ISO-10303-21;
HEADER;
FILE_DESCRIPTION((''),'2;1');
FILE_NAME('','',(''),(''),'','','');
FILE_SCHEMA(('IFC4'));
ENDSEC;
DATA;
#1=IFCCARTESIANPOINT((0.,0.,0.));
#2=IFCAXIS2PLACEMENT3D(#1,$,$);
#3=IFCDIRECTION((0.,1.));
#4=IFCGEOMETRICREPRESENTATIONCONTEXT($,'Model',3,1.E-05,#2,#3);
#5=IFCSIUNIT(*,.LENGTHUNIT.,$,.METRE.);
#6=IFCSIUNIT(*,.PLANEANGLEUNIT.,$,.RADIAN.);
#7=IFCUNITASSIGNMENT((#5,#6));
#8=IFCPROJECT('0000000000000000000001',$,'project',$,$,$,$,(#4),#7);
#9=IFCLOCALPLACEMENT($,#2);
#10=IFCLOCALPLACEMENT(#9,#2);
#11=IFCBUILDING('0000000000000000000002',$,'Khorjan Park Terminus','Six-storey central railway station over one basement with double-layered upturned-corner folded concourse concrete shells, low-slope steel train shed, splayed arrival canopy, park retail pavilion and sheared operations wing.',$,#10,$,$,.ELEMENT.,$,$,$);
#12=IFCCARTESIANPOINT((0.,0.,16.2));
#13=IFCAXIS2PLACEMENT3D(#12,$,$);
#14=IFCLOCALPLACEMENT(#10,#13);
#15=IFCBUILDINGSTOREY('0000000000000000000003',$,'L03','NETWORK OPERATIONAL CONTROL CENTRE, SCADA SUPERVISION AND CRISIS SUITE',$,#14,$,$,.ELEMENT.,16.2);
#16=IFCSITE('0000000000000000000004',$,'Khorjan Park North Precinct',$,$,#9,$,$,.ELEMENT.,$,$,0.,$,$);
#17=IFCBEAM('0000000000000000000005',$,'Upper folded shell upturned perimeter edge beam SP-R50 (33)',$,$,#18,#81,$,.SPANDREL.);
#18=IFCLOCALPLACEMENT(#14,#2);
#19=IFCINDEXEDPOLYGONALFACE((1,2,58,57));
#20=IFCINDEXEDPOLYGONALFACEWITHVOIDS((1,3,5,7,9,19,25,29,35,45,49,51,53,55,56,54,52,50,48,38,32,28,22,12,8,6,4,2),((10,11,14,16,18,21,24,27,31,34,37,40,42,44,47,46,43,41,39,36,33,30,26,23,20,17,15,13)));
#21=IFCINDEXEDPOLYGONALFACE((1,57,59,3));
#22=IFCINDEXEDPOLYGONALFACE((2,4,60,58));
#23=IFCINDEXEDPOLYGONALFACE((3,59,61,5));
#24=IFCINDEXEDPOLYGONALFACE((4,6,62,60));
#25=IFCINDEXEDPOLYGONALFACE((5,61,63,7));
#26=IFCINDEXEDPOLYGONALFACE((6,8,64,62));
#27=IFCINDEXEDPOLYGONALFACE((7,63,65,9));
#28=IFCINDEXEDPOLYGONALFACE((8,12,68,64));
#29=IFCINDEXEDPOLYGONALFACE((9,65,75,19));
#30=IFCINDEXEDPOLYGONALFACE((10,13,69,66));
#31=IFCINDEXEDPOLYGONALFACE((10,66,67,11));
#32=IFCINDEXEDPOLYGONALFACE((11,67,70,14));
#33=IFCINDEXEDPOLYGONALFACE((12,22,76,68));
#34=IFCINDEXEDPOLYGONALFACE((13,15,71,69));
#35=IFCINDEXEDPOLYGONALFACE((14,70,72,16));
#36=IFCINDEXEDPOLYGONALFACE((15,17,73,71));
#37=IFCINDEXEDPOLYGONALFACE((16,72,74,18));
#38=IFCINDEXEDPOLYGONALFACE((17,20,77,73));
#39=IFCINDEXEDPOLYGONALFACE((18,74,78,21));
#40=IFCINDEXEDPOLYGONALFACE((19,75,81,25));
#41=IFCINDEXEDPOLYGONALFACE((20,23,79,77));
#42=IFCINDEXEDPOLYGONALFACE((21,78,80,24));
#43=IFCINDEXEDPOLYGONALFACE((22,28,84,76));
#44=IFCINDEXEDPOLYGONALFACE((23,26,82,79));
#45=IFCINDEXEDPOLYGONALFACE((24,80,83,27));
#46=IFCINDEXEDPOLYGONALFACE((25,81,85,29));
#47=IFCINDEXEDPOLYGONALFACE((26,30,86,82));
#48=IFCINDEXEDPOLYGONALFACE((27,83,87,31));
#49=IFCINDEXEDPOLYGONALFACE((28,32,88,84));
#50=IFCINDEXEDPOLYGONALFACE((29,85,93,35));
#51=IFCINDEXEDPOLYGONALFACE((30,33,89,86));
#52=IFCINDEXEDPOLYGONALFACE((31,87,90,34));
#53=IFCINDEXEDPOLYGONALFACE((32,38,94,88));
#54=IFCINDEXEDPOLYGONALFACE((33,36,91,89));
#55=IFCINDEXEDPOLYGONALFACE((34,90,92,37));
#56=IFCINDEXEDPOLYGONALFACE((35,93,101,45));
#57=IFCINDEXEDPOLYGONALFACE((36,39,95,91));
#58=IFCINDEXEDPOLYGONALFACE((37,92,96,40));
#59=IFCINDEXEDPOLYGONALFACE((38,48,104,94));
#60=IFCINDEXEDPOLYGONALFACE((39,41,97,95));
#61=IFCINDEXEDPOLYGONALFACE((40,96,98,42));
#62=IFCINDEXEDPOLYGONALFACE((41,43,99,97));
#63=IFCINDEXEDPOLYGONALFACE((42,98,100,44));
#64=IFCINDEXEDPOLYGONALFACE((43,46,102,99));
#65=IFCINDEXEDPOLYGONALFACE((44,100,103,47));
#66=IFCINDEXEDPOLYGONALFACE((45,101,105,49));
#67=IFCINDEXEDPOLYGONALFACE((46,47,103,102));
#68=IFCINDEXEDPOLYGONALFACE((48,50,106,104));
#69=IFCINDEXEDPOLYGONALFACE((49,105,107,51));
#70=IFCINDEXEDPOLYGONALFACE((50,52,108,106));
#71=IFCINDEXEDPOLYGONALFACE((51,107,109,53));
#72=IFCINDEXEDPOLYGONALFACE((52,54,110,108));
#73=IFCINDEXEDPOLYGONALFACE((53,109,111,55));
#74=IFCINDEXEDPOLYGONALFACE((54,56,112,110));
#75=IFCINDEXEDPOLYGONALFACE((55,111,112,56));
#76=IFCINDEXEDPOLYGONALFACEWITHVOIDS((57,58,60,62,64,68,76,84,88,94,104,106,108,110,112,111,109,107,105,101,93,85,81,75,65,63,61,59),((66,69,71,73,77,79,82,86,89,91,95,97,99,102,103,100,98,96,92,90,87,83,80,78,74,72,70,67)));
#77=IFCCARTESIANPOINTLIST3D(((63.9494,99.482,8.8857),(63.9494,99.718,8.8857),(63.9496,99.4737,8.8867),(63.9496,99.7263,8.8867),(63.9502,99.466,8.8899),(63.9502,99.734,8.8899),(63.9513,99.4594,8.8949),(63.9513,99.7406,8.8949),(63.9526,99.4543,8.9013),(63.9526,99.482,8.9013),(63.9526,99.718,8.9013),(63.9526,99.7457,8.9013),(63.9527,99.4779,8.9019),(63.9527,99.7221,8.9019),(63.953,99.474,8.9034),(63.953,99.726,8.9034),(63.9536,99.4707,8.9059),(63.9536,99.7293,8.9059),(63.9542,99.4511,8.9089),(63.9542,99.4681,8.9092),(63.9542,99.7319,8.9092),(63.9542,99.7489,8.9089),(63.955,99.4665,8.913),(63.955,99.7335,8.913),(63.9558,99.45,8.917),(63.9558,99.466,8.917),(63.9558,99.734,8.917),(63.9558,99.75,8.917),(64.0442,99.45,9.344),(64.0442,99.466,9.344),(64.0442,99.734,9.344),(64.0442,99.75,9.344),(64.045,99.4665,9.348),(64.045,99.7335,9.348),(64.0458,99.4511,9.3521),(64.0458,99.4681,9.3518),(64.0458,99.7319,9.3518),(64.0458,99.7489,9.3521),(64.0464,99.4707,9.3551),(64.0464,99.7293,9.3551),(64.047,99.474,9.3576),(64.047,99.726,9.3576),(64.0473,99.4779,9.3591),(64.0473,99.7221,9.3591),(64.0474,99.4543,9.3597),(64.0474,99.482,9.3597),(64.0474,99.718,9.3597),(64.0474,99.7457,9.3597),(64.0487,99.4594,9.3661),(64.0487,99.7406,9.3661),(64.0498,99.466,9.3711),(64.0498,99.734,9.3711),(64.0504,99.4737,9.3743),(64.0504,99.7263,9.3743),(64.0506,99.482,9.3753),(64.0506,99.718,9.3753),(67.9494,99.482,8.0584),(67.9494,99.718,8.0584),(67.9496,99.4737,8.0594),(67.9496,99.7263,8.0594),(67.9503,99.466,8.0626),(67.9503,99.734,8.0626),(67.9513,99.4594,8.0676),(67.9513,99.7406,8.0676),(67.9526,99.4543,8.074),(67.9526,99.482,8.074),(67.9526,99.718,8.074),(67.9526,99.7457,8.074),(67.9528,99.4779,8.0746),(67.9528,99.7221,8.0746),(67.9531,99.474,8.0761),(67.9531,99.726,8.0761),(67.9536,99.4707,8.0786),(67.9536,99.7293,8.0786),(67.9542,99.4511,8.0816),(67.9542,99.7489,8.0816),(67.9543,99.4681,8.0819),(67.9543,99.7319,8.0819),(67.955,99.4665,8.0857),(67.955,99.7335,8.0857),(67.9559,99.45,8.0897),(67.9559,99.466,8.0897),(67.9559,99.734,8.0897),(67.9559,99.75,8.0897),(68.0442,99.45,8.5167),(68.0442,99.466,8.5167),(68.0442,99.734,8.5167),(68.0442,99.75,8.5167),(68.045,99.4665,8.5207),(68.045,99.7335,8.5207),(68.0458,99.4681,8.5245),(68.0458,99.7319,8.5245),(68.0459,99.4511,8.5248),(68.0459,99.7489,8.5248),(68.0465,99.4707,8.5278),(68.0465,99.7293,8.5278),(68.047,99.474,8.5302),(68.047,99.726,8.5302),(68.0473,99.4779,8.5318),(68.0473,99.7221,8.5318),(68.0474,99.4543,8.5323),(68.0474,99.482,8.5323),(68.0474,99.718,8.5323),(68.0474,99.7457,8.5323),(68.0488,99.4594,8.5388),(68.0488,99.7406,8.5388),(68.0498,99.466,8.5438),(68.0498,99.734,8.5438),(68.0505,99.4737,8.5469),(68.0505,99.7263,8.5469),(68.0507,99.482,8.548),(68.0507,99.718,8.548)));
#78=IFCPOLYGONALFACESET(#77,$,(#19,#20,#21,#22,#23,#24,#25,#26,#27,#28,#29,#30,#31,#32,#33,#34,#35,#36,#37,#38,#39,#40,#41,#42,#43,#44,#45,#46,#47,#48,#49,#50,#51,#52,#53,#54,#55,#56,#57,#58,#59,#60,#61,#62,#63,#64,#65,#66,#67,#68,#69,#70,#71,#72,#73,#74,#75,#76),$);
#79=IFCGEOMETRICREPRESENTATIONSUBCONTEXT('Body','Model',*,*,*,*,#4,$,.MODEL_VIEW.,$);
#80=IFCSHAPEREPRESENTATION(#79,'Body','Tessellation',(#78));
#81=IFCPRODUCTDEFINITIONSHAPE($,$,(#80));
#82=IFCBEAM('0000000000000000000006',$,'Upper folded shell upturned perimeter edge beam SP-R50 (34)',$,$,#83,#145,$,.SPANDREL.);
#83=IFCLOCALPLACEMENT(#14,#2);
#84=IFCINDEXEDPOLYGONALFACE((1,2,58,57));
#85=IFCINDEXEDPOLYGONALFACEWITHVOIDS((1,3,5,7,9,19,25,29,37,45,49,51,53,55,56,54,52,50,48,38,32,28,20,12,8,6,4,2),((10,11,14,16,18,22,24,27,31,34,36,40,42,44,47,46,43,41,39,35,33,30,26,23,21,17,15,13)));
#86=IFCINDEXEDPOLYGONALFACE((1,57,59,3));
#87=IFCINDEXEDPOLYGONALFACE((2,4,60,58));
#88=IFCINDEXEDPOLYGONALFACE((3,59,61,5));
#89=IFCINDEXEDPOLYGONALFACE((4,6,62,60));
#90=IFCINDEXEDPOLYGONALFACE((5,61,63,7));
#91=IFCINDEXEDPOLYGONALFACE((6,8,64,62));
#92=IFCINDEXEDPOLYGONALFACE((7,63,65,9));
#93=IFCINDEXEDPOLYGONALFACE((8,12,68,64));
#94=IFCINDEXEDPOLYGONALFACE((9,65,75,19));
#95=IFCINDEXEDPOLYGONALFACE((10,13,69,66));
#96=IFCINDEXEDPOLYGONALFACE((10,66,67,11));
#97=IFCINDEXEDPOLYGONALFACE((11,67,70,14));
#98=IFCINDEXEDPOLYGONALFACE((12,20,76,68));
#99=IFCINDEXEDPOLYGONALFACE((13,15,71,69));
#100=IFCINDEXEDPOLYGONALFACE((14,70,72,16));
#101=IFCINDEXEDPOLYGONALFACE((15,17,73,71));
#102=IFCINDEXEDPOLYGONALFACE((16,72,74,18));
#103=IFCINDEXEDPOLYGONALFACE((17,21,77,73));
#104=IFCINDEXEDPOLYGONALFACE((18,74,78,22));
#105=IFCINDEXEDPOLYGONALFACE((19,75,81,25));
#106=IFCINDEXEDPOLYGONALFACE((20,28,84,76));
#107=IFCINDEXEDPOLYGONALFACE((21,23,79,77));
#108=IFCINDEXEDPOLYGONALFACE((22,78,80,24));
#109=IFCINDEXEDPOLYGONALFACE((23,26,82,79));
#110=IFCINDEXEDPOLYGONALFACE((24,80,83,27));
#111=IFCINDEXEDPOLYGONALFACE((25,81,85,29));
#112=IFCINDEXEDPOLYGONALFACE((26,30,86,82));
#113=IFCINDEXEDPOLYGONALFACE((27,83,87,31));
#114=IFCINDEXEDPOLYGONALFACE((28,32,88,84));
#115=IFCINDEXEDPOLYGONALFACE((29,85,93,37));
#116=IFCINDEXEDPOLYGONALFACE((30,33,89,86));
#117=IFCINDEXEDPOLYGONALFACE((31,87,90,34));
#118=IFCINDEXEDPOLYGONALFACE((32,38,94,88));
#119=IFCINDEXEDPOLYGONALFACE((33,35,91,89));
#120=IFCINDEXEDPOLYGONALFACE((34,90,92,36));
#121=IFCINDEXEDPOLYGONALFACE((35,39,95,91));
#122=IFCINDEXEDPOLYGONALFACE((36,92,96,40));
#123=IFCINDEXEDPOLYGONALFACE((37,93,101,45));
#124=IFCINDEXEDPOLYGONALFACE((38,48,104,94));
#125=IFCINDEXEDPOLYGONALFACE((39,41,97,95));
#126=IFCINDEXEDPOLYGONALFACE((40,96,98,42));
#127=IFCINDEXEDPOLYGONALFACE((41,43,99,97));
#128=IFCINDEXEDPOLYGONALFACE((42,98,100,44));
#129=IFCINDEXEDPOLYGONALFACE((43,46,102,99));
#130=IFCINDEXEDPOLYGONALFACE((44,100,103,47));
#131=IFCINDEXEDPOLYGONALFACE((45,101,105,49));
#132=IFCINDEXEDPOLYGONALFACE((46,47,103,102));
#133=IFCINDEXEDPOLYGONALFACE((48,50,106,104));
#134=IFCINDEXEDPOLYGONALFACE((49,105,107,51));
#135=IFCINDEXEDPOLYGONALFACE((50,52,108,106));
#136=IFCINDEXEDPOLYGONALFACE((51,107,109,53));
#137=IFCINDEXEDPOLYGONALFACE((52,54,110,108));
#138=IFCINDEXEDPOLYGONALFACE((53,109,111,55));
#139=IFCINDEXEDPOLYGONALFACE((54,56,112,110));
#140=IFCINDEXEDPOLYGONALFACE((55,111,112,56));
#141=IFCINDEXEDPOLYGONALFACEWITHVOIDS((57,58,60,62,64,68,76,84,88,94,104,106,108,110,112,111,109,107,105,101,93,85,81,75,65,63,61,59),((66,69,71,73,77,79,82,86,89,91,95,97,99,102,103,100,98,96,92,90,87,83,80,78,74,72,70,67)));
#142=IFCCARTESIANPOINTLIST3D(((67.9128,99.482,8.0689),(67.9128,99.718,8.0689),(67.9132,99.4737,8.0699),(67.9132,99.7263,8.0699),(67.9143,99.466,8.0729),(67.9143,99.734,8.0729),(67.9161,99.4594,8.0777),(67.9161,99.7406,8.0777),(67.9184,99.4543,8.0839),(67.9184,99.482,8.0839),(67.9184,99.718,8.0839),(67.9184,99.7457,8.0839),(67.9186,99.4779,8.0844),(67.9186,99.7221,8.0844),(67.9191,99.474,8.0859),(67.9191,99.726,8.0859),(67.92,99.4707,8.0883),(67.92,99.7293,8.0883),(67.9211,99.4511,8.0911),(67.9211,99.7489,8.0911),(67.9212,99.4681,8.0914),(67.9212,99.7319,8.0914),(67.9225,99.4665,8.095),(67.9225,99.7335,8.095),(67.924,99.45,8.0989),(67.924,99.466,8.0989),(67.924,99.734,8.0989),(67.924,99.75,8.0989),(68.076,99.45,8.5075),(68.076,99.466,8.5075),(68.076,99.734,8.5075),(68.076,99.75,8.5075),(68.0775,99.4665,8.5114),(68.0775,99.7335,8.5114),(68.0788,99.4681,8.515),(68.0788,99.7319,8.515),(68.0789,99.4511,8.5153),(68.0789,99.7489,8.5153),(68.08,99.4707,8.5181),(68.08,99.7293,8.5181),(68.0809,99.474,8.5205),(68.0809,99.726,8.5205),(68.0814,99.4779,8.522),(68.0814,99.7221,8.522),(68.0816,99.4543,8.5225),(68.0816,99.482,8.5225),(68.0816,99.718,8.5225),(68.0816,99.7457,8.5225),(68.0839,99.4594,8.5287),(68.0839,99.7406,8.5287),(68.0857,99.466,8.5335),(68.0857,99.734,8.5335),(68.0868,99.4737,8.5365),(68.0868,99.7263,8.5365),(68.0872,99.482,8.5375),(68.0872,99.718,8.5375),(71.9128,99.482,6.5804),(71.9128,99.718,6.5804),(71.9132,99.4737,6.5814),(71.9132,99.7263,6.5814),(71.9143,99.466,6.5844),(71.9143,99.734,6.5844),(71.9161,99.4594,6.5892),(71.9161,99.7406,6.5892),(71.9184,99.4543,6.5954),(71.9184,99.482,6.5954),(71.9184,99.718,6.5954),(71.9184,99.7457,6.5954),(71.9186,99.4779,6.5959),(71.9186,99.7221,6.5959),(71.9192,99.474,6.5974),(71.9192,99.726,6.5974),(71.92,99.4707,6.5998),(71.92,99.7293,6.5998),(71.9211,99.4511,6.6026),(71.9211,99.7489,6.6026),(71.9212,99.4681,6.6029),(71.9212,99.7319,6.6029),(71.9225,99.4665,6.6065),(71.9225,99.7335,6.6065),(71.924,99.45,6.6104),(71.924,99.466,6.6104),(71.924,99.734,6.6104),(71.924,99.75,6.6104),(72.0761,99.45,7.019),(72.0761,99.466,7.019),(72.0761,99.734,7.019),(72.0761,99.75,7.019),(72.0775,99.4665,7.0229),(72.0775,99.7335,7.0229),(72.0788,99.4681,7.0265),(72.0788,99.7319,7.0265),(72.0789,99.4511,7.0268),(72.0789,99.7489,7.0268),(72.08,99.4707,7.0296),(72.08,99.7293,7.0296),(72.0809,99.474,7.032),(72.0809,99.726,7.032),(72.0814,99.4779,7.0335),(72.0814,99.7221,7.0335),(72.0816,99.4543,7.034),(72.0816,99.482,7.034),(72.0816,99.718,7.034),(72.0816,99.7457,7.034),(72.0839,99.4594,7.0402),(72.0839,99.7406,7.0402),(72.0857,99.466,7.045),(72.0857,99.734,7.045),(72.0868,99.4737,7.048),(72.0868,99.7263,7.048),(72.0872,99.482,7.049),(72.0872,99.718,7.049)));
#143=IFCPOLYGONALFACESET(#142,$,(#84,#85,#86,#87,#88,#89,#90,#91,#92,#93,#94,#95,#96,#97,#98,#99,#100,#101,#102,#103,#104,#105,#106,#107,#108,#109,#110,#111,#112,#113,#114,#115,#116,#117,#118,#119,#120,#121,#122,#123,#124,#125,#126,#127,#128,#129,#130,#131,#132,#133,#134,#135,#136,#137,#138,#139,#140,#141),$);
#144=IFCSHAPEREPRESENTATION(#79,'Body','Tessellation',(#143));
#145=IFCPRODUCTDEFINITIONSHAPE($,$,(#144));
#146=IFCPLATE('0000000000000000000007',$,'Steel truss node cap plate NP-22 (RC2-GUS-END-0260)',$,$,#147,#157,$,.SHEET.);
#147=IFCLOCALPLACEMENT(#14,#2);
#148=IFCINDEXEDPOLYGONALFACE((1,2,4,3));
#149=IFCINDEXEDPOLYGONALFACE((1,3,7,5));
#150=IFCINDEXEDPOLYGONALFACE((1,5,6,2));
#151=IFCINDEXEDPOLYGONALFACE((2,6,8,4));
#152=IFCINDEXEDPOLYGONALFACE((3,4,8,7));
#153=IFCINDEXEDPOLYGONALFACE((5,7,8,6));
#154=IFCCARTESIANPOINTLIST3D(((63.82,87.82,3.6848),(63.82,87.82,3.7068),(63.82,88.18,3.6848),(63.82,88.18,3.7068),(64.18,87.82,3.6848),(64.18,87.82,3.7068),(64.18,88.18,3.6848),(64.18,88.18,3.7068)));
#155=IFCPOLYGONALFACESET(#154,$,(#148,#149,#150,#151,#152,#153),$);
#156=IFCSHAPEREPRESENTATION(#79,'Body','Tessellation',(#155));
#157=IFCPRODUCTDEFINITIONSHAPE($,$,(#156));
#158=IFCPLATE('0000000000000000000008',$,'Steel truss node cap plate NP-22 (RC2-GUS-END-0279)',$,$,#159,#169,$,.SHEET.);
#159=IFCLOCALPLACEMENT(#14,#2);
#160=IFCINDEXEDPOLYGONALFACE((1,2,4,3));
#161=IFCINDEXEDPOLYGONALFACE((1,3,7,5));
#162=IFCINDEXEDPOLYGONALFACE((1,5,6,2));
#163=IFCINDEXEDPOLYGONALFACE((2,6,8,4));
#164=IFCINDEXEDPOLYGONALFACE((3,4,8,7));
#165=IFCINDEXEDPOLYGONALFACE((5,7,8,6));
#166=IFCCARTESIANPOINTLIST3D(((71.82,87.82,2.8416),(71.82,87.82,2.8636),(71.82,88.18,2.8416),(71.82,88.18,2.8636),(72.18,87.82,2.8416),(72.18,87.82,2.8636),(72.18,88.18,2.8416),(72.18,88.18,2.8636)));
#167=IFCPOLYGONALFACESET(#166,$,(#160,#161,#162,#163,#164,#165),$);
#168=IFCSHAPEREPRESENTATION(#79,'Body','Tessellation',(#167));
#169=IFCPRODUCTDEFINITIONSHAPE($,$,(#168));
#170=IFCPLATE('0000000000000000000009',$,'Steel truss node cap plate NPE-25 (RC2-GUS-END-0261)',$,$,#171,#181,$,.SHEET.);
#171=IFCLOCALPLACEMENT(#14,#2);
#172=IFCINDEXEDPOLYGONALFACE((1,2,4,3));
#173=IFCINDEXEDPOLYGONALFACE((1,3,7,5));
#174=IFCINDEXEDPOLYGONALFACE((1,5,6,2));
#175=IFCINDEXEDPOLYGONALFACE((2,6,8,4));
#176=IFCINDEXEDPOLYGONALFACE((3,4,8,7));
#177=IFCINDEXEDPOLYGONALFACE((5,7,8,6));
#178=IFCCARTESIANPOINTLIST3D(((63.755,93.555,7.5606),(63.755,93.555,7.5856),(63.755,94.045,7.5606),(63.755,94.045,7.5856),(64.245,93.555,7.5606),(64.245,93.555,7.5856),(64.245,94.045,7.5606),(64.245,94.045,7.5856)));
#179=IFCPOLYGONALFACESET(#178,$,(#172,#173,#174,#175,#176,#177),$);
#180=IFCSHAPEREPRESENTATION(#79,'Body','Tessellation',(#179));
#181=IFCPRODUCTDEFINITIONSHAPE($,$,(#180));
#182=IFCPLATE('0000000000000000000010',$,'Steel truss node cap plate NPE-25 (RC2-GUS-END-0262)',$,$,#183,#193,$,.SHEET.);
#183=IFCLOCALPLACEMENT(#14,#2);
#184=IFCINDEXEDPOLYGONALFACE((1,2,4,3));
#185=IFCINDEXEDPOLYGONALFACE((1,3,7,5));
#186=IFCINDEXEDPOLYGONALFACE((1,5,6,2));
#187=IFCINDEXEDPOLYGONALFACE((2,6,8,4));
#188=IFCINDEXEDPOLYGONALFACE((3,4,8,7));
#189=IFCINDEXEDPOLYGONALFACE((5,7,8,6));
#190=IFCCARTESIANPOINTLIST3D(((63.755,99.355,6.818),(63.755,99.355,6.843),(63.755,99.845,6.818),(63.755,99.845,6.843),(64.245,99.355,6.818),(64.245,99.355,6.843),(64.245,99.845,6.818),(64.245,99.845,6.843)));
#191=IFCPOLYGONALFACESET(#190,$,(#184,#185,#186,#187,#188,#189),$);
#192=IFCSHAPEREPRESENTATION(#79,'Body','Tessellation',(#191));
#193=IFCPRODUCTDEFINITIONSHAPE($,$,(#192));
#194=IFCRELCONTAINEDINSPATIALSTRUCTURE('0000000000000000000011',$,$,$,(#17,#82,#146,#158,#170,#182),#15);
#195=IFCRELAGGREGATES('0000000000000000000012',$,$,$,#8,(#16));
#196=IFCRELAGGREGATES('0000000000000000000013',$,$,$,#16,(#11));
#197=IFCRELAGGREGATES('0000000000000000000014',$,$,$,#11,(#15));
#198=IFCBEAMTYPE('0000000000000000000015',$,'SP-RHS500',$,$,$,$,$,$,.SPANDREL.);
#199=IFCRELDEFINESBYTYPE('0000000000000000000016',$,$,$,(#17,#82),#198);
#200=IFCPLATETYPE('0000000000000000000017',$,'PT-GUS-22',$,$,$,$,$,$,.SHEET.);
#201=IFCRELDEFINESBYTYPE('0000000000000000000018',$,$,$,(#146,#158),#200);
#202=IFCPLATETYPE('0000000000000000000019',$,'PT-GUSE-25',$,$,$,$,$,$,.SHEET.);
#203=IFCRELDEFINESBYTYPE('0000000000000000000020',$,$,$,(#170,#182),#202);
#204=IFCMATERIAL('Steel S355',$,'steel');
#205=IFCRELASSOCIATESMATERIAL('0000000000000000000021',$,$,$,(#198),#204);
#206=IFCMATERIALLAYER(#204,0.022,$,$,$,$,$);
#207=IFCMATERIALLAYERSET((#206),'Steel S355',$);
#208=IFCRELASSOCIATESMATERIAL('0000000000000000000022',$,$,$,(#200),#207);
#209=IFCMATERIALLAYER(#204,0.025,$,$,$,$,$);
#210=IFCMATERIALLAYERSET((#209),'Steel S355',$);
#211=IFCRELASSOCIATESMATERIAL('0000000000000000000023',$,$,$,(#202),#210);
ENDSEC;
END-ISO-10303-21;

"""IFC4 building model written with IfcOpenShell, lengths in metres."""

from ifc_helpers import new_model, si_unit, direction, frame, origin, origin_2d, place, context, subcontext, project, spatial, rectangle, hollow_rectangle, extrude, material, layer, layer_set, material_profile, profile_set, type_object, element, save


model = new_model("IFC4")

# Units and contexts
model_context = context("Model", 3, precision=1e-05, world=origin(), true_north=direction((0.0, 1.0)))
body_context = subcontext(model_context, "Body", "Model", "MODEL_VIEW")
ifc_project = project(units=[si_unit("LENGTHUNIT", "METRE"), si_unit("PLANEANGLEUNIT", "RADIAN")], contexts=[model_context])

# Site, building, storey
site_placement = place(None, origin())
site = spatial("IfcSite", under=ifc_project, at=site_placement, Name="Khorjan Park North Precinct", CompositionType="ELEMENT", RefElevation=0.0)
building_placement = place(site_placement, origin())
building = spatial("IfcBuilding", under=site, at=building_placement, Name="Khorjan Park Terminus", Description="Six-storey central railway station over one basement with double-layered upturned-corner folded concourse concrete shells, low-slope steel train shed, splayed arrival canopy, park retail pavilion and sheared operations wing.", CompositionType="ELEMENT")
storey_placement = place(building_placement, frame((0.0, 0.0, 16.2)))
storey = spatial("IfcBuildingStorey", under=building, at=storey_placement, Name="L03", Description="NETWORK OPERATIONAL CONTROL CENTRE, SCADA SUPERVISION AND CRISIS SUITE", CompositionType="ELEMENT", Elevation=16.2)

# Shared definitions
ifc_material_1 = material(Name="Steel S355", Category="steel")

# Beams
ifc_material_profile_1 = material_profile(ifc_material_1, hollow_rectangle(XDim=0.3, YDim=0.5, WallThickness=0.016, InnerFilletRadius=0.016, OuterFilletRadius=0.032, at=origin_2d()), Name="RHS 500x300x16")
ifc_profile_set_1 = profile_set([ifc_material_profile_1], Name="Steel S355")
beam_type_1 = type_object("IfcBeamType", Name="SP-RHS500", PredefinedType="SPANDREL", material=ifc_profile_set_1)
beam_1_placement = place(storey_placement, frame((64.0, 99.6, 9.1305), z_axis=(0.979274, 0.0, -0.202538), x_axis=(0.0, 1.0, 0.0)))
element("IfcBeam", 1, at=beam_1_placement, inside=storey, type_object=beam_type_1, Name="Upper folded shell upturned perimeter edge beam SP-R50 (33)", PredefinedType="SPANDREL", context=body_context, shape_type="SweptSolid", body=[
    extrude(hollow_rectangle(XDim=0.3, YDim=0.5, WallThickness=0.016, InnerFilletRadius=0.016, OuterFilletRadius=0.032, at=origin_2d()), origin(), (0.0, 0.0, 1.0), 4.0847),
])
beam_2_placement = place(storey_placement, frame((68.0, 99.6, 8.3032), z_axis=(0.937212, 0.0, -0.34876), x_axis=(0.0, 1.0, 0.0)))
element("IfcBeam", 2, at=beam_2_placement, inside=storey, type_object=beam_type_1, Name="Upper folded shell upturned perimeter edge beam SP-R50 (34)", PredefinedType="SPANDREL", context=body_context, shape_type="SweptSolid", body=[
    extrude(hollow_rectangle(XDim=0.3, YDim=0.5, WallThickness=0.016, InnerFilletRadius=0.016, OuterFilletRadius=0.032, at=origin_2d()), origin(), (0.0, 0.0, 1.0), 4.268),
])

# Plates
ifc_layer_1 = layer(ifc_material_1, 0.022)
ifc_layer_set_1 = layer_set([ifc_layer_1], Name="Steel S355")
plate_type_1 = type_object("IfcPlateType", Name="PT-GUS-22", PredefinedType="SHEET", material=ifc_layer_set_1)
for number, where, z_axis, x_axis, name in (
    (3, (64.0, 88.0, 3.6848), (0.0, 0.0, 1.0), (1.0, 0.0, 0.0), "Steel truss node cap plate NP-22 (RC2-GUS-END-0260)"),
    (4, (72.0, 88.0, 2.8416), (0.0, 0.0, 1.0), (1.0, 0.0, 0.0), "Steel truss node cap plate NP-22 (RC2-GUS-END-0279)"),
):
    element("IfcPlate", number, at=place(storey_placement, frame(where, z_axis=z_axis, x_axis=x_axis)), inside=storey, type_object=plate_type_1, Name=name, PredefinedType="SHEET", context=body_context, shape_type="SweptSolid", body=[
        extrude(rectangle(XDim=0.36, YDim=0.36, at=origin_2d()), origin(), (0.0, 0.0, 1.0), 0.022),
    ])
ifc_layer_2 = layer(ifc_material_1, 0.025)
ifc_layer_set_2 = layer_set([ifc_layer_2], Name="Steel S355")
plate_type_2 = type_object("IfcPlateType", Name="PT-GUSE-25", PredefinedType="SHEET", material=ifc_layer_set_2)
for number, where, z_axis, x_axis, name in (
    (5, (64.0, 93.8, 7.5606), (0.0, 0.0, 1.0), (1.0, 0.0, 0.0), "Steel truss node cap plate NPE-25 (RC2-GUS-END-0261)"),
    (6, (64.0, 99.6, 6.818), (0.0, 0.0, 1.0), (1.0, 0.0, 0.0), "Steel truss node cap plate NPE-25 (RC2-GUS-END-0262)"),
):
    element("IfcPlate", number, at=place(storey_placement, frame(where, z_axis=z_axis, x_axis=x_axis)), inside=storey, type_object=plate_type_2, Name=name, PredefinedType="SHEET", context=body_context, shape_type="SweptSolid", body=[
        extrude(rectangle(XDim=0.49, YDim=0.49, at=origin_2d()), origin(), (0.0, 0.0, 1.0), 0.025),
    ])

save(model, "model.ifc")
